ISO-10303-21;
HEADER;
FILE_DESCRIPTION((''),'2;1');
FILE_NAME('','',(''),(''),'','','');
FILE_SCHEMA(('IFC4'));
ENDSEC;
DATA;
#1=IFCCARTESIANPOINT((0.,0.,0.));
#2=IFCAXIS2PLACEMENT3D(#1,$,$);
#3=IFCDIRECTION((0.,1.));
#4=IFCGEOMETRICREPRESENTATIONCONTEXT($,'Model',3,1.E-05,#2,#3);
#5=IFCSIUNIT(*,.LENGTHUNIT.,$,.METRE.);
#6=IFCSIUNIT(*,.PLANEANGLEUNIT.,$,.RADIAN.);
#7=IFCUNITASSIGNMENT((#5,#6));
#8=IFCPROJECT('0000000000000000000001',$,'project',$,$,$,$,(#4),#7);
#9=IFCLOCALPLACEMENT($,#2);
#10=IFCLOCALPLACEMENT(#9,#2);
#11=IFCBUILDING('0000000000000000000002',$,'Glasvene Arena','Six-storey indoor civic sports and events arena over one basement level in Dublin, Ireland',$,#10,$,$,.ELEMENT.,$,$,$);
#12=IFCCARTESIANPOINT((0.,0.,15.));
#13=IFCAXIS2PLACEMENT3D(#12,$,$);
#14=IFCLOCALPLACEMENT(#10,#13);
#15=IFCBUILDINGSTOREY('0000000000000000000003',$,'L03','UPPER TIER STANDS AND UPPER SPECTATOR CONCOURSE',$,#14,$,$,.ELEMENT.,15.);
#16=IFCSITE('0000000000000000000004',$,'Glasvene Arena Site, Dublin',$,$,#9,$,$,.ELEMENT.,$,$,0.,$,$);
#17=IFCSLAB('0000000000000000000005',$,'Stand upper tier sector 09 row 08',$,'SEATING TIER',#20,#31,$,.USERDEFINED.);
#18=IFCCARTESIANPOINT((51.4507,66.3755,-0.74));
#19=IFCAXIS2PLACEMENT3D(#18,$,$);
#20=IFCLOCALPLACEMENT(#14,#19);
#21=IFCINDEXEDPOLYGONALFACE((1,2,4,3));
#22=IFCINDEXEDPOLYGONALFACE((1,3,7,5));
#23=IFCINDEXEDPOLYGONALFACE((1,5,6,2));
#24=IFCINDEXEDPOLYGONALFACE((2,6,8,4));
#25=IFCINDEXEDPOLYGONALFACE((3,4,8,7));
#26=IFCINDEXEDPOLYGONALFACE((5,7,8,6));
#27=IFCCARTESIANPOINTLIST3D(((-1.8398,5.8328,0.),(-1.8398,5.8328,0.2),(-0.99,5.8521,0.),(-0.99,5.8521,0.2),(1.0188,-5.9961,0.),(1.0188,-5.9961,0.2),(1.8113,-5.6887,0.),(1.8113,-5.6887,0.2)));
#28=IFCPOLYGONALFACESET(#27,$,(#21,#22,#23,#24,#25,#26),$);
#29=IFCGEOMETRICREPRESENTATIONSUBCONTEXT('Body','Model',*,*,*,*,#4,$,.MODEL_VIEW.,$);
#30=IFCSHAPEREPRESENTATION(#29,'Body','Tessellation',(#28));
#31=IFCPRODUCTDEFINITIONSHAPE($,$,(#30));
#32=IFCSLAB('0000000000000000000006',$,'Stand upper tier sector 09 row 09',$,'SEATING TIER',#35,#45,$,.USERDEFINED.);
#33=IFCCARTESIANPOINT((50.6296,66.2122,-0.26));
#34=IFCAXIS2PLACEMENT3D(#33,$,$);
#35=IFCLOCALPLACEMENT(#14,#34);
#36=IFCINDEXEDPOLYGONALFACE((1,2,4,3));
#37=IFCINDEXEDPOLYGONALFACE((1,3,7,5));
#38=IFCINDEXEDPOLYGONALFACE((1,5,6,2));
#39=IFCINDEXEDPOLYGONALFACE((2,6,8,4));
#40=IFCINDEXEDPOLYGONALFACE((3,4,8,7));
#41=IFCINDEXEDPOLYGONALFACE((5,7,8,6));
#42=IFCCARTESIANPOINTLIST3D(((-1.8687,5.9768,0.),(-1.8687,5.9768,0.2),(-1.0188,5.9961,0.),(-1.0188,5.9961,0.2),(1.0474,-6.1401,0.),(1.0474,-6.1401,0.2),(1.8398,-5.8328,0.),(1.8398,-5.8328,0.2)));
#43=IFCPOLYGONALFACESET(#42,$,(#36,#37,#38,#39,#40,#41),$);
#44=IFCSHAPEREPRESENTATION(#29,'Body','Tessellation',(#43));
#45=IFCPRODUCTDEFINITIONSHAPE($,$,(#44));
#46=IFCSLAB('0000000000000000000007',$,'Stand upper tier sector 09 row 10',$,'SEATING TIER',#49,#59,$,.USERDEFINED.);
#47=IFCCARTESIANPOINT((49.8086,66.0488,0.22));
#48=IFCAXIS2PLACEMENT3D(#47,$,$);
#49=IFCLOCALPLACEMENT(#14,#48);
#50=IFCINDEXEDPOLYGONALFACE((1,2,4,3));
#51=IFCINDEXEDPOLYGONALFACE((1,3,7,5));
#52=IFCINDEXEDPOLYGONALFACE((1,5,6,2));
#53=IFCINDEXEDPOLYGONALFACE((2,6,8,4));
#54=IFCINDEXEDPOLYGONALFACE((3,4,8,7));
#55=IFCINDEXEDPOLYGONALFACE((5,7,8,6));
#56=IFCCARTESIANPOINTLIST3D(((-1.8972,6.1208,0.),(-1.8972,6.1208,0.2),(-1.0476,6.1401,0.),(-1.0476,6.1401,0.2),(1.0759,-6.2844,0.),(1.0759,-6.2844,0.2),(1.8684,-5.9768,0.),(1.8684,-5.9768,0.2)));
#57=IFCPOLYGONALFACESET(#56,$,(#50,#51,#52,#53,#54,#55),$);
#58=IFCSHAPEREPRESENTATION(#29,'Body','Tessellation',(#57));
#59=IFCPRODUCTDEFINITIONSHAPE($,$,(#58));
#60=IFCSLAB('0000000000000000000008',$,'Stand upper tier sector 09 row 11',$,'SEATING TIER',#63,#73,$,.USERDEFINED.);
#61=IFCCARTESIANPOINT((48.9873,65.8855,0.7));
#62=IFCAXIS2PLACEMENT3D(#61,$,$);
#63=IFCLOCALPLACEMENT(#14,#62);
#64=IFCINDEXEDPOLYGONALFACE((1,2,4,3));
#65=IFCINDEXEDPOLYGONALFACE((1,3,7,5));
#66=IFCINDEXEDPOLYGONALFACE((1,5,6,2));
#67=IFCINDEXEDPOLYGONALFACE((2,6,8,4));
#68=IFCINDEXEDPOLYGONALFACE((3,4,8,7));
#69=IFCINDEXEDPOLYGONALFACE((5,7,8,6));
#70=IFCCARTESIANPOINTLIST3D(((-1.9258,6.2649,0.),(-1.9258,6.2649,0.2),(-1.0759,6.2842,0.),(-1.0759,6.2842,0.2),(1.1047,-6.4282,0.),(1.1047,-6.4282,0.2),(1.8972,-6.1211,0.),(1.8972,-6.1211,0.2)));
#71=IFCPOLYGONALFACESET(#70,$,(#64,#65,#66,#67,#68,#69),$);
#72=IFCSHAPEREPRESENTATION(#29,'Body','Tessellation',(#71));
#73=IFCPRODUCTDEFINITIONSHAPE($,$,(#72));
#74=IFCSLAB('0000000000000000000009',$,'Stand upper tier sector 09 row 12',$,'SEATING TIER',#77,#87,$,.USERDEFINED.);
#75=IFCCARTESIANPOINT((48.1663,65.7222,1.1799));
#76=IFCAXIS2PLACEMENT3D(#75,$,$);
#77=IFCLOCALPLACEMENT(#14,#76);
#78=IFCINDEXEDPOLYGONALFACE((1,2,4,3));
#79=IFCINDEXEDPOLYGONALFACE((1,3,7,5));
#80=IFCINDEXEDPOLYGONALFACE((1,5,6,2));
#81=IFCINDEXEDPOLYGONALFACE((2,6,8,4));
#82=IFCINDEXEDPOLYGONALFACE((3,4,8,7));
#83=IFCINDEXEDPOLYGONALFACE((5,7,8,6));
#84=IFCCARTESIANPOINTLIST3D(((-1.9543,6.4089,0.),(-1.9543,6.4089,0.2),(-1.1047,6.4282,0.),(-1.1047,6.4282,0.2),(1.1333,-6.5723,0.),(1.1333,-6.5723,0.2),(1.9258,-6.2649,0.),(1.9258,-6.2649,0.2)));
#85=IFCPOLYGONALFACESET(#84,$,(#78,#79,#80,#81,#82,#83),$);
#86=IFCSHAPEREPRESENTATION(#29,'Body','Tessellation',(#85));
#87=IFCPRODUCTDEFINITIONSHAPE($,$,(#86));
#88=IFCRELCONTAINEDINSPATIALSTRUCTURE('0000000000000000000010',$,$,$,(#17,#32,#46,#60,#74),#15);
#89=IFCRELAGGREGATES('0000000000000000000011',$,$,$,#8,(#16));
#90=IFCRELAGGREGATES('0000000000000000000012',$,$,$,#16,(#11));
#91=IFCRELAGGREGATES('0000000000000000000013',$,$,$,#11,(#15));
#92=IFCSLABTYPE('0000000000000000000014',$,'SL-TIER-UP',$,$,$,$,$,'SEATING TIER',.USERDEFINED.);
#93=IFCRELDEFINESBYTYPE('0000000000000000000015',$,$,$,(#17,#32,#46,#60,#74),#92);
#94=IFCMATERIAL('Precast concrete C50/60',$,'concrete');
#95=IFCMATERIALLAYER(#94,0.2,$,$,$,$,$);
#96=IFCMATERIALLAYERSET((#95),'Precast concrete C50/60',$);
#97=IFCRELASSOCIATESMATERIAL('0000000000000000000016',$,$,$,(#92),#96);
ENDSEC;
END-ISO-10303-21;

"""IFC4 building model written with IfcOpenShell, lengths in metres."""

from ifc_helpers import new_model, si_unit, direction, frame, origin, place, context, subcontext, project, spatial, polyline, outline, extrude, material, layer, layer_set, type_object, element, save


model = new_model("IFC4")

# Units and contexts
model_context = context("Model", 3, precision=1e-05, world=origin(), true_north=direction((0.0, 1.0)))
body_context = subcontext(model_context, "Body", "Model", "MODEL_VIEW")
ifc_project = project(units=[si_unit("LENGTHUNIT", "METRE"), si_unit("PLANEANGLEUNIT", "RADIAN")], contexts=[model_context])

# Site, building, storey
site_placement = place(None, origin())
site = spatial("IfcSite", under=ifc_project, at=site_placement, Name="Glasvene Arena Site, Dublin", CompositionType="ELEMENT", RefElevation=0.0)
building_placement = place(site_placement, origin())
building = spatial("IfcBuilding", under=site, at=building_placement, Name="Glasvene Arena", Description="Six-storey indoor civic sports and events arena over one basement level in Dublin, Ireland", CompositionType="ELEMENT")
storey_placement = place(building_placement, frame((0.0, 0.0, 15.0)))
storey = spatial("IfcBuildingStorey", under=building, at=storey_placement, Name="L03", Description="UPPER TIER STANDS AND UPPER SPECTATOR CONCOURSE", CompositionType="ELEMENT", Elevation=15.0)

# Shared definitions
ifc_material_1 = material(Name="Precast concrete C50/60", Category="concrete")

# Slabs
ifc_layer_1 = layer(ifc_material_1, 0.2)
ifc_layer_set_1 = layer_set([ifc_layer_1], Name="Precast concrete C50/60")
slab_type = type_object("IfcSlabType", Name="SL-TIER-UP", ElementType="SEATING TIER", PredefinedType="USERDEFINED", material=ifc_layer_set_1)
slab_1_placement = place(storey_placement, frame((51.4507, 66.3755, -0.74)))
element("IfcSlab", 1, at=slab_1_placement, inside=storey, type_object=slab_type, Name="Stand upper tier sector 09 row 08", ObjectType="SEATING TIER", PredefinedType="USERDEFINED", context=body_context, shape_type="SweptSolid", body=[
    extrude(outline(polyline([(-0.99, 5.8521), (1.8113, -5.6887), (1.0188, -5.9961), (-1.8398, 5.8328), (-0.99, 5.8521)])), origin(), (0.0, 0.0, 1.0), 0.2),
])
slab_2_placement = place(storey_placement, frame((50.6296, 66.2122, -0.26)))
element("IfcSlab", 2, at=slab_2_placement, inside=storey, type_object=slab_type, Name="Stand upper tier sector 09 row 09", ObjectType="SEATING TIER", PredefinedType="USERDEFINED", context=body_context, shape_type="SweptSolid", body=[
    extrude(outline(polyline([(-1.0188, 5.9961), (1.8398, -5.8328), (1.0474, -6.1401), (-1.8687, 5.9768), (-1.0188, 5.9961)])), origin(), (0.0, 0.0, 1.0), 0.2),
])
slab_3_placement = place(storey_placement, frame((49.8086, 66.0488, 0.22)))
element("IfcSlab", 3, at=slab_3_placement, inside=storey, type_object=slab_type, Name="Stand upper tier sector 09 row 10", ObjectType="SEATING TIER", PredefinedType="USERDEFINED", context=body_context, shape_type="SweptSolid", body=[
    extrude(outline(polyline([(-1.0476, 6.1401), (1.8684, -5.9768), (1.0759, -6.2844), (-1.8972, 6.1208), (-1.0476, 6.1401)])), origin(), (0.0, 0.0, 1.0), 0.2),
])
slab_4_placement = place(storey_placement, frame((48.9873, 65.8855, 0.7)))
element("IfcSlab", 4, at=slab_4_placement, inside=storey, type_object=slab_type, Name="Stand upper tier sector 09 row 11", ObjectType="SEATING TIER", PredefinedType="USERDEFINED", context=body_context, shape_type="SweptSolid", body=[
    extrude(outline(polyline([(-1.0759, 6.2842), (1.8972, -6.1211), (1.1047, -6.4282), (-1.9258, 6.2649), (-1.0759, 6.2842)])), origin(), (0.0, 0.0, 1.0), 0.2),
])
slab_5_placement = place(storey_placement, frame((48.1663, 65.7222, 1.1799)))
element("IfcSlab", 5, at=slab_5_placement, inside=storey, type_object=slab_type, Name="Stand upper tier sector 09 row 12", ObjectType="SEATING TIER", PredefinedType="USERDEFINED", context=body_context, shape_type="SweptSolid", body=[
    extrude(outline(polyline([(-1.1047, 6.4282), (1.9258, -6.2649), (1.1333, -6.5723), (-1.9543, 6.4089), (-1.1047, 6.4282)])), origin(), (0.0, 0.0, 1.0), 0.2),
])

save(model, "model.ifc")
